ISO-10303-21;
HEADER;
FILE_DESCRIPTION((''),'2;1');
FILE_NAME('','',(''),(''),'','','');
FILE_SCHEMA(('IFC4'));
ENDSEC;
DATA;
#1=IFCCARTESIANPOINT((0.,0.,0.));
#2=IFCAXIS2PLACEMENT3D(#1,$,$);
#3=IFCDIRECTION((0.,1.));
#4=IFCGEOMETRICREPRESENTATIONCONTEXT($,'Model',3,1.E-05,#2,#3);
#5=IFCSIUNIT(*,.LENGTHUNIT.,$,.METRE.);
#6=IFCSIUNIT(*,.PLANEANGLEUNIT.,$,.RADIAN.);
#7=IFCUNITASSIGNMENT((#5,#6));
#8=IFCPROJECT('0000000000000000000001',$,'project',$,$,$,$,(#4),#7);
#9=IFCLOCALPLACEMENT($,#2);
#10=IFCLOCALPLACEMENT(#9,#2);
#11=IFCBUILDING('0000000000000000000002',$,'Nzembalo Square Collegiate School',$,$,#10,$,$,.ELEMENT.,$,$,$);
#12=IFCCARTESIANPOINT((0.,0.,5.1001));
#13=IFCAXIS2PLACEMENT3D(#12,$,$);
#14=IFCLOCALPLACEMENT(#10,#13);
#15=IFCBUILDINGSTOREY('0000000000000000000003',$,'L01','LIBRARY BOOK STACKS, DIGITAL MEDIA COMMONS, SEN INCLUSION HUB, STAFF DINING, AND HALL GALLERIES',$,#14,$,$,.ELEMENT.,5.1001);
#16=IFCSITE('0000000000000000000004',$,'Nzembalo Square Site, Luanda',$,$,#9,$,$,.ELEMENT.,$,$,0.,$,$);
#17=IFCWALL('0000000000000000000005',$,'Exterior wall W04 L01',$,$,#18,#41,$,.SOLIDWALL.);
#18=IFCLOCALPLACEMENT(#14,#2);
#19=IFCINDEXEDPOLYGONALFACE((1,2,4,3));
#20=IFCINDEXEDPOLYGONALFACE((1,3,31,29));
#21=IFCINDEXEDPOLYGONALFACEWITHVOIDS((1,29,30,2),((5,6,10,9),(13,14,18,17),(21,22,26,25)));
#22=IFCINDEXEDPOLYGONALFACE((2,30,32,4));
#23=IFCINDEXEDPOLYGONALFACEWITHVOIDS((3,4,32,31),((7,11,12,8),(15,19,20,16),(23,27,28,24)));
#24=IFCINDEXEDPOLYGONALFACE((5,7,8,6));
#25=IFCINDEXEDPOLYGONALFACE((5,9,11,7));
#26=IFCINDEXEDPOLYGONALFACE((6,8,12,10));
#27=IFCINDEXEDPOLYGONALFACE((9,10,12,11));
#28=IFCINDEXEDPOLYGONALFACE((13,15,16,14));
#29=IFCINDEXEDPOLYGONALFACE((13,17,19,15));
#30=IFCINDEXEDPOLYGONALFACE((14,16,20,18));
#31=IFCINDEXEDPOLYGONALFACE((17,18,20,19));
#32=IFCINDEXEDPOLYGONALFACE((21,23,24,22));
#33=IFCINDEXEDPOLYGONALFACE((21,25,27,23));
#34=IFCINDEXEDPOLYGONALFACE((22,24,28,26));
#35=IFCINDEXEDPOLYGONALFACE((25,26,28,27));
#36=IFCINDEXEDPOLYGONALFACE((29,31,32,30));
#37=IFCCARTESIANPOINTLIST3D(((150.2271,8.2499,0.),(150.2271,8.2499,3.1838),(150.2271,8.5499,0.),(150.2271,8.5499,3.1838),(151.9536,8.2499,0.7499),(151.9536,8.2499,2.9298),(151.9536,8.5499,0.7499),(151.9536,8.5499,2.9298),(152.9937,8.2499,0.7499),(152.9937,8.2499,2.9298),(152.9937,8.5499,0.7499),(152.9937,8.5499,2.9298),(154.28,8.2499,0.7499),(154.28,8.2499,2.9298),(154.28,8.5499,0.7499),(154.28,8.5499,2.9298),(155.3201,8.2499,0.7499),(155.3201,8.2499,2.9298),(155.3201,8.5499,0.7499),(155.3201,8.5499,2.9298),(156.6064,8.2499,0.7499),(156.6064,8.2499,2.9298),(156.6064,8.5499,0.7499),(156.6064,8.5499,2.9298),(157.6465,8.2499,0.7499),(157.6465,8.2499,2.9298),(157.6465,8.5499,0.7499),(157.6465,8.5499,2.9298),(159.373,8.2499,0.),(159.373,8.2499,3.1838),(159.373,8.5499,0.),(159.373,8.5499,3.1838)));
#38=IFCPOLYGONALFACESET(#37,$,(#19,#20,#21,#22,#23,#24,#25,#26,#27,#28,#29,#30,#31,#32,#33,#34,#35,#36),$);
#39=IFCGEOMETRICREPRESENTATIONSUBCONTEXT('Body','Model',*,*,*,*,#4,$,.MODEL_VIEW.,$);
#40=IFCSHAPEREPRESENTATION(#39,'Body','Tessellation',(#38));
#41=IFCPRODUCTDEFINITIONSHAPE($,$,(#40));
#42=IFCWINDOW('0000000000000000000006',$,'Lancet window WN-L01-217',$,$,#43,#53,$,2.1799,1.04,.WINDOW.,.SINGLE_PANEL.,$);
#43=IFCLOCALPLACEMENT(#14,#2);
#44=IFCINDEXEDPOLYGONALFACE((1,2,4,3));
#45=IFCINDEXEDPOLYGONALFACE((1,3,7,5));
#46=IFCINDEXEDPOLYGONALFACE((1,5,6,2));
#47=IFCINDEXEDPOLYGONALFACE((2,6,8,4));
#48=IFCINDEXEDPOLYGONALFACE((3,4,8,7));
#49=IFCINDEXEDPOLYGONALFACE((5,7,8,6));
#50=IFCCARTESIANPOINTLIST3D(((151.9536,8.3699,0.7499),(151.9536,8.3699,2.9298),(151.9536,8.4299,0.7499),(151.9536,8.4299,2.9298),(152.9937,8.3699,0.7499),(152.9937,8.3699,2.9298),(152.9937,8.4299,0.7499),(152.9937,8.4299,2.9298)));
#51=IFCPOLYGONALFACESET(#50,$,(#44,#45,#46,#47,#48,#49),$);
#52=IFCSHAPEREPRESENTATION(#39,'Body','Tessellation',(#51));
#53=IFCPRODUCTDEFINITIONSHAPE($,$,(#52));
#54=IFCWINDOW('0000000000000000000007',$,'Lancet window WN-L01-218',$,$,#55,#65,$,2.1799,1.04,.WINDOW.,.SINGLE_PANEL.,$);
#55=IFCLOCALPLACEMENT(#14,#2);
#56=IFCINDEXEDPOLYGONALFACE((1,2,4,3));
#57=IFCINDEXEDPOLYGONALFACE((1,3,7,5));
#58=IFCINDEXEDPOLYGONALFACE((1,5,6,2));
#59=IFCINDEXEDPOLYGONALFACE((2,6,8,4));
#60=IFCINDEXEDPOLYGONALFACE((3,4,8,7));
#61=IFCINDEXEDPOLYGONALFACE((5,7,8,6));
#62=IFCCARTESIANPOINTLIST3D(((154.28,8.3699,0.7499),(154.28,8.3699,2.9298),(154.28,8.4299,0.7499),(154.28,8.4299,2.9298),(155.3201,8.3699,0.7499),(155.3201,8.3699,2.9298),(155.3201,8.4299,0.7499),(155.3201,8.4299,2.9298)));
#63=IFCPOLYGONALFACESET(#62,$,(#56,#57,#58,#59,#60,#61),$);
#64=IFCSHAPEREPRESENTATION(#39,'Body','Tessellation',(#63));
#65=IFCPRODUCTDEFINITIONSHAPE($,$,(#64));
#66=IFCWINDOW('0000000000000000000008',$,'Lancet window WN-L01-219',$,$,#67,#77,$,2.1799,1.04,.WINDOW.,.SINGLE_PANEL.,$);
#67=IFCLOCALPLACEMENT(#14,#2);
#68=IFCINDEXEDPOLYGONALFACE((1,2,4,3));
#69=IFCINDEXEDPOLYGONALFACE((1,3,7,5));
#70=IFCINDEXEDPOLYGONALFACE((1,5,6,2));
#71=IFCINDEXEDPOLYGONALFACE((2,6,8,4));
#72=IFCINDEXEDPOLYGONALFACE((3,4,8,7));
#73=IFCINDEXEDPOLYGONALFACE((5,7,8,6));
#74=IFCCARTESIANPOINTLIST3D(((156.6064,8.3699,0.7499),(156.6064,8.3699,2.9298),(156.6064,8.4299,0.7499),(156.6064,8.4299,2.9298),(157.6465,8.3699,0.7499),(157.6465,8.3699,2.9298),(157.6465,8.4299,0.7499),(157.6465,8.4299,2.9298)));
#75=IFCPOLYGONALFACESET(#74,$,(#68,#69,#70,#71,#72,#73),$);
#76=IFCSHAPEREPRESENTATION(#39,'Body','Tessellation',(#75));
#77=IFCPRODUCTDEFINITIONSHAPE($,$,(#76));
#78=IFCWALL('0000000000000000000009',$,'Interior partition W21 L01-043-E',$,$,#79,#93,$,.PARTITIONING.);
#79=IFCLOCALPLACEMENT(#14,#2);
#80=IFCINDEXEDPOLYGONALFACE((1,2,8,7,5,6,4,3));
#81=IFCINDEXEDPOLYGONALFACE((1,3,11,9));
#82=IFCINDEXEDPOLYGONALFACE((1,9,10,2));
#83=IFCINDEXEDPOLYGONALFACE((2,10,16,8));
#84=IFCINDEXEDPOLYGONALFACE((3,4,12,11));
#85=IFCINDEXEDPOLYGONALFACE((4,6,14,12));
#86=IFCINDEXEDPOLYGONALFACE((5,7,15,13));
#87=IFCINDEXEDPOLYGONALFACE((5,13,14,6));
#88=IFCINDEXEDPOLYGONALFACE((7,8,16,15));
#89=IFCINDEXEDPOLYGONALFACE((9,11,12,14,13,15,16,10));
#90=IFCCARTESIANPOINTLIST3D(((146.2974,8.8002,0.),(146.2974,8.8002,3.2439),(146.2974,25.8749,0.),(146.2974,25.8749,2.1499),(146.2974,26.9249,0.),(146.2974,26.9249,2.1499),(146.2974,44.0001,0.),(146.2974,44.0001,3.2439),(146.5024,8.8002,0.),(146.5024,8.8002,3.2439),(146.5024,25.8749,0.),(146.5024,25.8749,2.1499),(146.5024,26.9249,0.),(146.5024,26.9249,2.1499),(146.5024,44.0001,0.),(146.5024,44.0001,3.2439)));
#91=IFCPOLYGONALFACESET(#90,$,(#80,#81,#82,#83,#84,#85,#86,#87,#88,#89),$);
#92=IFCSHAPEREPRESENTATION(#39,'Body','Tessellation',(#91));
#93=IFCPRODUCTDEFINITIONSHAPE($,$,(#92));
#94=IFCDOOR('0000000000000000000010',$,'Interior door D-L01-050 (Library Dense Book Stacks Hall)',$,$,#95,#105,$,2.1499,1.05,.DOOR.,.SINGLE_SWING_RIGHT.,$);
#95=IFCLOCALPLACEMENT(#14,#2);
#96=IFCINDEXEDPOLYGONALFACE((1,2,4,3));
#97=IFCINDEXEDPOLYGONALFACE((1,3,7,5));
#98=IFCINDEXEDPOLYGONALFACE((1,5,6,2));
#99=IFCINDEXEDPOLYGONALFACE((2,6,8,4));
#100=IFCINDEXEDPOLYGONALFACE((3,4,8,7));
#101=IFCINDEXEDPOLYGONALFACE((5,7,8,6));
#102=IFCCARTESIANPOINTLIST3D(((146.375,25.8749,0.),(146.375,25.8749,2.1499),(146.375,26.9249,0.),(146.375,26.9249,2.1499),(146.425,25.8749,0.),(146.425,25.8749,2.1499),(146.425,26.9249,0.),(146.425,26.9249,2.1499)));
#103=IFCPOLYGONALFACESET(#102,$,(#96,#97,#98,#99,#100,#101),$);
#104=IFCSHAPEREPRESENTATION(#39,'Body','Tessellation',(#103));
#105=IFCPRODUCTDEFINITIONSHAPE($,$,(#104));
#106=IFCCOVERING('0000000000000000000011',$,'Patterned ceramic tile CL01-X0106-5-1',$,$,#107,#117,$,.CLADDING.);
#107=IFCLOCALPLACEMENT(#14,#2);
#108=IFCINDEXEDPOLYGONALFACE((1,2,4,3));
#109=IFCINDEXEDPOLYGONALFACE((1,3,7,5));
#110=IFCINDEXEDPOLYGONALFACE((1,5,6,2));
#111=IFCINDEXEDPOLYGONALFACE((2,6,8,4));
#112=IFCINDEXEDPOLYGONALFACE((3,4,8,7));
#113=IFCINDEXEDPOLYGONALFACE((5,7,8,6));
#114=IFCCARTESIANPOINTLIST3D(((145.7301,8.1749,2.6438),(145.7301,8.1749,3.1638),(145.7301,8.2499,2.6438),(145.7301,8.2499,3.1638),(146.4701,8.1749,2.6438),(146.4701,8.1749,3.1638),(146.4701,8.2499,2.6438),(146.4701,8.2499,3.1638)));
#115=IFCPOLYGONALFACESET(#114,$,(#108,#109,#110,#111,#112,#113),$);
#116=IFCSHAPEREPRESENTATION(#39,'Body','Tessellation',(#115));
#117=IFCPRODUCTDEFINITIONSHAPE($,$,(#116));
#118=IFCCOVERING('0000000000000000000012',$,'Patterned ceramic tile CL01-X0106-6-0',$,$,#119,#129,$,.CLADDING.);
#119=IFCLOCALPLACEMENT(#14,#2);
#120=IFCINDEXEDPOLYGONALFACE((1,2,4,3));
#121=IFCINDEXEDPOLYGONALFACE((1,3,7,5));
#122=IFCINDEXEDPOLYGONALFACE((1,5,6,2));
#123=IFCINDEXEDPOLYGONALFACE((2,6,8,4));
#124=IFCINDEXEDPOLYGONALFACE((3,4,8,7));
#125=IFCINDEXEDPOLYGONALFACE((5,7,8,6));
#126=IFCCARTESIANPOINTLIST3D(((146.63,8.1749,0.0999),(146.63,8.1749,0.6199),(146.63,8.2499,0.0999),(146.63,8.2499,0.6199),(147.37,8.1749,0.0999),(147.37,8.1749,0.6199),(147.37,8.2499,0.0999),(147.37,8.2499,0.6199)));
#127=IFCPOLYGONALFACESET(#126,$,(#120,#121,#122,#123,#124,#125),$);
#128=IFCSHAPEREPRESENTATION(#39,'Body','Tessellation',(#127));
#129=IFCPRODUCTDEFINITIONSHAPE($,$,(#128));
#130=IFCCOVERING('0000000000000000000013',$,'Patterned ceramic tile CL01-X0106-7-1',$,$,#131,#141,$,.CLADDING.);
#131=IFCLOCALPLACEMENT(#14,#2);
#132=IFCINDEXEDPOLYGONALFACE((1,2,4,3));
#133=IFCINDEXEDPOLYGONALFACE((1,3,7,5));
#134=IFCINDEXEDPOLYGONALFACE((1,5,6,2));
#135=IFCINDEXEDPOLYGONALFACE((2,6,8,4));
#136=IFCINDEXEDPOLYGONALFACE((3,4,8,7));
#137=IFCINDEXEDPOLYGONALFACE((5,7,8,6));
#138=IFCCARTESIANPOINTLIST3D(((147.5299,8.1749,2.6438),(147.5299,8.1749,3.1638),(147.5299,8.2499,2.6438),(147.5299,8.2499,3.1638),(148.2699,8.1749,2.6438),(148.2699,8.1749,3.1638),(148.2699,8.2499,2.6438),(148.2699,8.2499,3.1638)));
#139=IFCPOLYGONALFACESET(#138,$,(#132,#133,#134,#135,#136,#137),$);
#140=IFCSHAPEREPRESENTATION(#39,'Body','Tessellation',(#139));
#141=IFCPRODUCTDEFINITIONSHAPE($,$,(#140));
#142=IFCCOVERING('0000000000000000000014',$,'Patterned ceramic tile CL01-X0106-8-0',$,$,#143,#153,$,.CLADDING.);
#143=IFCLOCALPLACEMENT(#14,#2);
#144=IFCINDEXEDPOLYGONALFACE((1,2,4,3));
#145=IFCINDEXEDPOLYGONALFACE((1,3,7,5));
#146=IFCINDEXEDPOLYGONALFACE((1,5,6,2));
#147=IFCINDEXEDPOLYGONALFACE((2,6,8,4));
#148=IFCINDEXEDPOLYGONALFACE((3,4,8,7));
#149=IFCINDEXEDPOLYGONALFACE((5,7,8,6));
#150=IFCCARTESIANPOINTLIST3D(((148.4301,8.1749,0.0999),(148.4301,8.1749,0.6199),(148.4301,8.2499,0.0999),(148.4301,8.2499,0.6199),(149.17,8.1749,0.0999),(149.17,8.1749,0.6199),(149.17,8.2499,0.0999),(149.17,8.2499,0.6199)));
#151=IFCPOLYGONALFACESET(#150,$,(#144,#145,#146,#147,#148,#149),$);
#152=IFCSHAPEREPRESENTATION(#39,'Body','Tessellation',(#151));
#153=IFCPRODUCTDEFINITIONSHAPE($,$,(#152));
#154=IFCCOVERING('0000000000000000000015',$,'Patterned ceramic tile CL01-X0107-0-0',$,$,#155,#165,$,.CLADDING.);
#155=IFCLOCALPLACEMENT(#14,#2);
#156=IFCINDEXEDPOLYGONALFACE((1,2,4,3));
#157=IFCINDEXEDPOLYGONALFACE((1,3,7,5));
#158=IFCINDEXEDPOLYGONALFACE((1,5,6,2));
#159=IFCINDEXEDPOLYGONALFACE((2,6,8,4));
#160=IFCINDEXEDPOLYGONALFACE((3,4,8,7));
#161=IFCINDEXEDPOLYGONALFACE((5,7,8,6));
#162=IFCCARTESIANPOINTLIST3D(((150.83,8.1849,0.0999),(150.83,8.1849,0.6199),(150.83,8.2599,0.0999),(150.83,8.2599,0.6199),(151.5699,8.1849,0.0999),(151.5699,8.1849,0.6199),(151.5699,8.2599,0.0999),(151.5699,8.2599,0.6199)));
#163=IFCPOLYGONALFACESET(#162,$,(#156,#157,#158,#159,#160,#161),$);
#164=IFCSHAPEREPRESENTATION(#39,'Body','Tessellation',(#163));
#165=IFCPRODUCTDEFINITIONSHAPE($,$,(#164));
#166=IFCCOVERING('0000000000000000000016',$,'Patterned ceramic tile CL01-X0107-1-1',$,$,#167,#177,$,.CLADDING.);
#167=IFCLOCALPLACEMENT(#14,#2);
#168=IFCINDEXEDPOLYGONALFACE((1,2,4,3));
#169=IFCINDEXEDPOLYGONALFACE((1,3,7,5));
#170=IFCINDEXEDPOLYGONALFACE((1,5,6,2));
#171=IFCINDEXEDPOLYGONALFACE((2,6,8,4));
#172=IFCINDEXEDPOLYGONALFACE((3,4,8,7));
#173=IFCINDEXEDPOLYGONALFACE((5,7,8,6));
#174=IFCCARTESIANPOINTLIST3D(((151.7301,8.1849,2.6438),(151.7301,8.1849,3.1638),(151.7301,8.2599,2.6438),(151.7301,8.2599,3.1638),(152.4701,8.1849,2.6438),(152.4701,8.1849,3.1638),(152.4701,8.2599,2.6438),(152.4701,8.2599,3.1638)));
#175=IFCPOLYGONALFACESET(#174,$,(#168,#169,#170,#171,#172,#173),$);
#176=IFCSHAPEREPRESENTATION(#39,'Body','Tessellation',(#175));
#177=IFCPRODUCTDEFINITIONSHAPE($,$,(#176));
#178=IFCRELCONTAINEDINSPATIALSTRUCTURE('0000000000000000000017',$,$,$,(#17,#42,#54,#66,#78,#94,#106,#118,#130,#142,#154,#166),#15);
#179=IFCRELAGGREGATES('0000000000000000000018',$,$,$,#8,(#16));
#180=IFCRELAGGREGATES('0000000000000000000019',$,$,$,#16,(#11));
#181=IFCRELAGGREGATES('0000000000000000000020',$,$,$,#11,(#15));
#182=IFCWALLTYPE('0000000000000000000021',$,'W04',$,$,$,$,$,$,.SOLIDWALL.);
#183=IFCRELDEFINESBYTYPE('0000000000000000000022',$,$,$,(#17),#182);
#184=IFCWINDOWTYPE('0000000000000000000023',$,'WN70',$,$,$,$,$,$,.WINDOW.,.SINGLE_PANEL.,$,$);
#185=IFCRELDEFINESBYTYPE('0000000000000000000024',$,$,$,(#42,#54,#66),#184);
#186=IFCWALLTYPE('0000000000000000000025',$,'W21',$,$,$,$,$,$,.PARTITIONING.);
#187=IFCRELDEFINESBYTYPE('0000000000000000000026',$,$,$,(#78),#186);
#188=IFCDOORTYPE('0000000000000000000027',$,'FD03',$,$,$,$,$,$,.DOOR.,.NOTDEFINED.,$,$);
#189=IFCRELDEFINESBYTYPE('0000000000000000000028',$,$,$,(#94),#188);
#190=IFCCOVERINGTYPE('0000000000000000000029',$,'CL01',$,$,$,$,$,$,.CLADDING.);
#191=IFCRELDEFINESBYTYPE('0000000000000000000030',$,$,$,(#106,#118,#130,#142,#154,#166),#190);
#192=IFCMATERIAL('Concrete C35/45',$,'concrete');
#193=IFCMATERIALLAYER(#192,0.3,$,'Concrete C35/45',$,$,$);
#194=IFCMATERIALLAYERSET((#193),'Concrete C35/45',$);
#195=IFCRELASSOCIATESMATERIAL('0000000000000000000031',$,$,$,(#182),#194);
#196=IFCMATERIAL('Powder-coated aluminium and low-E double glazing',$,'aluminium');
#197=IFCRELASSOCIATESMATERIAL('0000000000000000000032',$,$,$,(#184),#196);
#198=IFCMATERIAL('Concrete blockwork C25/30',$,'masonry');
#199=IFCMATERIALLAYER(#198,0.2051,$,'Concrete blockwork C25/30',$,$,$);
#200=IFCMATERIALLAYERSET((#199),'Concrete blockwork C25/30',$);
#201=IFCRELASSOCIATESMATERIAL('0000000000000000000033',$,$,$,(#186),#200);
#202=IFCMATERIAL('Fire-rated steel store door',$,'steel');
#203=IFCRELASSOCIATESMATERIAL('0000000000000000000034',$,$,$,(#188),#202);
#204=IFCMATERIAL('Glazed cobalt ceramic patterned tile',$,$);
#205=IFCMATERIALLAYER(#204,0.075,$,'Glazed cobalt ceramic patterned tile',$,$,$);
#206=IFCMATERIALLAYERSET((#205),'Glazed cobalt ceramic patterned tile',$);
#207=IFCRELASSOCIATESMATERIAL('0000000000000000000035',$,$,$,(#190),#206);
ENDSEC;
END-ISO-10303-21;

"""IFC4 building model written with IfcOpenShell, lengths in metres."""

from ifc_helpers import new_model, si_unit, direction, frame, frame_2d, origin, origin_2d, place, context, subcontext, project, spatial, rectangle, extrude, material, layer, layer_set, type_object, element, fill, save


model = new_model("IFC4")

# Units and contexts
model_context = context("Model", 3, precision=1e-05, world=origin(), true_north=direction((0.0, 1.0)))
body_context = subcontext(model_context, "Body", "Model", "MODEL_VIEW")
ifc_project = project(units=[si_unit("LENGTHUNIT", "METRE"), si_unit("PLANEANGLEUNIT", "RADIAN")], contexts=[model_context])

# Site, building, storey
site_placement = place(None, origin())
site = spatial("IfcSite", under=ifc_project, at=site_placement, Name="Nzembalo Square Site, Luanda", CompositionType="ELEMENT", RefElevation=0.0)
building_placement = place(site_placement, origin())
building = spatial("IfcBuilding", under=site, at=building_placement, Name="Nzembalo Square Collegiate School", CompositionType="ELEMENT")
storey_placement = place(building_placement, frame((0.0, 0.0, 5.1001)))
storey = spatial("IfcBuildingStorey", under=building, at=storey_placement, Name="L01", Description="LIBRARY BOOK STACKS, DIGITAL MEDIA COMMONS, SEN INCLUSION HUB, STAFF DINING, AND HALL GALLERIES", CompositionType="ELEMENT", Elevation=5.1001)

# Wall, openings, windows
ifc_material_1 = material(Name="Concrete C35/45", Category="concrete")
ifc_layer_1 = layer(ifc_material_1, 0.3, Name="Concrete C35/45")
ifc_layer_set_1 = layer_set([ifc_layer_1], Name="Concrete C35/45")
wall_type_1 = type_object("IfcWallType", Name="W04", PredefinedType="SOLIDWALL", material=ifc_layer_set_1)
wall_1_placement = place(storey_placement, frame((150.2271, 8.3999, 0.0), z_axis=(0.0, 0.0, 1.0), x_axis=(1.0, 0.0, 0.0)))
wall_1 = element("IfcWall", 1, at=wall_1_placement, inside=storey, type_object=wall_type_1, Name="Exterior wall W04 L01", PredefinedType="SOLIDWALL", context=body_context, shape_type="SweptSolid", body=[
    extrude(rectangle(XDim=9.146, YDim=0.3, at=frame_2d((4.573, 0.0))), origin(), (0.0, 0.0, 1.0), 3.1838),
])
opening_1_placement = place(wall_1_placement, frame((1.7266, 0.0, 0.75)))
opening_1 = element("IfcOpeningElement", 2, at=opening_1_placement, cuts=wall_1, PredefinedType="OPENING", context=body_context, shape_type="SweptSolid", body=[
    extrude(rectangle(XDim=1.04, YDim=2.1799, at=frame_2d((0.52, 1.0898))), frame((0.0, 0.1602, 0.0), z_axis=(0.0, -1.0, 0.0), x_axis=(1.0, 0.0, 0.0)), (0.0, 0.0, 1.0), 0.3201),
])
opening_2_placement = place(wall_1_placement, frame((4.053, 0.0, 0.75)))
opening_2 = element("IfcOpeningElement", 3, at=opening_2_placement, cuts=wall_1, PredefinedType="OPENING", context=body_context, shape_type="SweptSolid", body=[
    extrude(rectangle(XDim=1.04, YDim=2.1799, at=frame_2d((0.52, 1.0898))), frame((0.0, 0.1602, 0.0), z_axis=(0.0, -1.0, 0.0), x_axis=(1.0, 0.0, 0.0)), (0.0, 0.0, 1.0), 0.3201),
])
opening_3_placement = place(wall_1_placement, frame((6.3794, 0.0, 0.75)))
opening_3 = element("IfcOpeningElement", 4, at=opening_3_placement, cuts=wall_1, PredefinedType="OPENING", context=body_context, shape_type="SweptSolid", body=[
    extrude(rectangle(XDim=1.04, YDim=2.1799, at=frame_2d((0.52, 1.0898))), frame((0.0, 0.1602, 0.0), z_axis=(0.0, -1.0, 0.0), x_axis=(1.0, 0.0, 0.0)), (0.0, 0.0, 1.0), 0.3201),
])
ifc_material_2 = material(Name="Powder-coated aluminium and low-E double glazing", Category="aluminium")
window_type = type_object("IfcWindowType", Name="WN70", PartitioningType="SINGLE_PANEL", PredefinedType="WINDOW", material=ifc_material_2)
window_1_placement = place(opening_1_placement, origin())
window_1 = element("IfcWindow", 5, at=window_1_placement, inside=storey, type_object=window_type, Name="Lancet window WN-L01-217", OverallHeight=2.1799, OverallWidth=1.04, PartitioningType="SINGLE_PANEL", PredefinedType="WINDOW", context=body_context, shape_type="SweptSolid", body=[
    extrude(rectangle(XDim=1.04, YDim=2.1799, at=frame_2d((0.52, 1.0898))), frame((0.0, 0.03, 0.0), z_axis=(0.0, -1.0, 0.0), x_axis=(1.0, 0.0, 0.0)), (0.0, 0.0, 1.0), 0.0601),
])
fill(opening_1, window_1)
window_2_placement = place(opening_2_placement, origin())
window_2 = element("IfcWindow", 6, at=window_2_placement, inside=storey, type_object=window_type, Name="Lancet window WN-L01-218", OverallHeight=2.1799, OverallWidth=1.04, PartitioningType="SINGLE_PANEL", PredefinedType="WINDOW", context=body_context, shape_type="SweptSolid", body=[
    extrude(rectangle(XDim=1.04, YDim=2.1799, at=frame_2d((0.52, 1.0898))), frame((0.0, 0.03, 0.0), z_axis=(0.0, -1.0, 0.0), x_axis=(1.0, 0.0, 0.0)), (0.0, 0.0, 1.0), 0.0601),
])
fill(opening_2, window_2)
window_3_placement = place(opening_3_placement, origin())
window_3 = element("IfcWindow", 7, at=window_3_placement, inside=storey, type_object=window_type, Name="Lancet window WN-L01-219", OverallHeight=2.1799, OverallWidth=1.04, PartitioningType="SINGLE_PANEL", PredefinedType="WINDOW", context=body_context, shape_type="SweptSolid", body=[
    extrude(rectangle(XDim=1.04, YDim=2.1799, at=frame_2d((0.52, 1.0898))), frame((0.0, 0.03, 0.0), z_axis=(0.0, -1.0, 0.0), x_axis=(1.0, 0.0, 0.0)), (0.0, 0.0, 1.0), 0.0601),
])
fill(opening_3, window_3)

# Wall, opening, door
ifc_material_3 = material(Name="Concrete blockwork C25/30", Category="masonry")
ifc_layer_2 = layer(ifc_material_3, 0.2051, Name="Concrete blockwork C25/30")
ifc_layer_set_2 = layer_set([ifc_layer_2], Name="Concrete blockwork C25/30")
wall_type_2 = type_object("IfcWallType", Name="W21", PredefinedType="PARTITIONING", material=ifc_layer_set_2)
wall_2_placement = place(storey_placement, frame((146.3999, 8.8, 0.0), z_axis=(0.0, 0.0, 1.0), x_axis=(0.0, 1.0, 0.0)))
wall_2 = element("IfcWall", 8, at=wall_2_placement, inside=storey, type_object=wall_type_2, Name="Interior partition W21 L01-043-E", PredefinedType="PARTITIONING", context=body_context, shape_type="SweptSolid", body=[
    extrude(rectangle(XDim=35.2, YDim=0.2051, at=frame_2d((17.6001, 0.0))), origin(), (0.0, 0.0, 1.0), 3.2439),
])
opening_4_placement = place(wall_2_placement, frame((17.075, 0.0, 0.0)))
opening_4 = element("IfcOpeningElement", 9, at=opening_4_placement, cuts=wall_2, PredefinedType="OPENING", context=body_context, shape_type="SweptSolid", body=[
    extrude(rectangle(XDim=1.05, YDim=2.1499, at=frame_2d((0.5249, 1.075))), frame((0.0, 0.1125, 0.0), z_axis=(0.0, -1.0, 0.0), x_axis=(1.0, 0.0, 0.0)), (0.0, 0.0, 1.0), 0.2251),
])
ifc_material_4 = material(Name="Fire-rated steel store door", Category="steel")
door_type = type_object("IfcDoorType", Name="FD03", OperationType="NOTDEFINED", PredefinedType="DOOR", material=ifc_material_4)
door_placement = place(opening_4_placement, origin())
door = element("IfcDoor", 10, at=door_placement, inside=storey, type_object=door_type, Name="Interior door D-L01-050 (Library Dense Book Stacks Hall)", OperationType="SINGLE_SWING_RIGHT", OverallHeight=2.1499, OverallWidth=1.05, PredefinedType="DOOR", context=body_context, shape_type="SweptSolid", body=[
    extrude(rectangle(XDim=1.05, YDim=2.1499, at=frame_2d((0.5249, 1.075))), frame((0.0, 0.0249, 0.0), z_axis=(0.0, -1.0, 0.0), x_axis=(1.0, 0.0, 0.0)), (0.0, 0.0, 1.0), 0.05),
])
fill(opening_4, door)

# Coverings
ifc_material_5 = material(Name="Glazed cobalt ceramic patterned tile")
ifc_layer_3 = layer(ifc_material_5, 0.075, Name="Glazed cobalt ceramic patterned tile")
ifc_layer_set_3 = layer_set([ifc_layer_3], Name="Glazed cobalt ceramic patterned tile")
covering_type_1 = type_object("IfcCoveringType", Name="CL01", PredefinedType="CLADDING", material=ifc_layer_set_3)
for number, where, z_axis, x_axis, name in (
    (11, (146.1001, 8.2124, 2.6438), (0.0, 0.0, 1.0), (1.0, 0.0, 0.0), "Patterned ceramic tile CL01-X0106-5-1"),
    (12, (147.0, 8.2124, 0.0999), (0.0, 0.0, 1.0), (1.0, 0.0, 0.0), "Patterned ceramic tile CL01-X0106-6-0"),
    (13, (147.8999, 8.2124, 2.6438), (0.0, 0.0, 1.0), (1.0, 0.0, 0.0), "Patterned ceramic tile CL01-X0106-7-1"),
    (14, (148.8, 8.2124, 0.0999), (0.0, 0.0, 1.0), (1.0, 0.0, 0.0), "Patterned ceramic tile CL01-X0106-8-0"),
    (15, (151.2, 8.2224, 0.0999), (0.0, 0.0, 1.0), (1.0, 0.0, 0.0), "Patterned ceramic tile CL01-X0107-0-0"),
    (16, (152.1001, 8.2224, 2.6438), (0.0, 0.0, 1.0), (1.0, 0.0, 0.0), "Patterned ceramic tile CL01-X0107-1-1"),
):
    element("IfcCovering", number, at=place(storey_placement, frame(where, z_axis=z_axis, x_axis=x_axis)), inside=storey, type_object=covering_type_1, Name=name, PredefinedType="CLADDING", context=body_context, shape_type="SweptSolid", body=[
        extrude(rectangle(XDim=0.74, YDim=0.075, at=origin_2d()), origin(), (0.0, 0.0, 1.0), 0.52),
    ])

save(model, "model.ifc")
